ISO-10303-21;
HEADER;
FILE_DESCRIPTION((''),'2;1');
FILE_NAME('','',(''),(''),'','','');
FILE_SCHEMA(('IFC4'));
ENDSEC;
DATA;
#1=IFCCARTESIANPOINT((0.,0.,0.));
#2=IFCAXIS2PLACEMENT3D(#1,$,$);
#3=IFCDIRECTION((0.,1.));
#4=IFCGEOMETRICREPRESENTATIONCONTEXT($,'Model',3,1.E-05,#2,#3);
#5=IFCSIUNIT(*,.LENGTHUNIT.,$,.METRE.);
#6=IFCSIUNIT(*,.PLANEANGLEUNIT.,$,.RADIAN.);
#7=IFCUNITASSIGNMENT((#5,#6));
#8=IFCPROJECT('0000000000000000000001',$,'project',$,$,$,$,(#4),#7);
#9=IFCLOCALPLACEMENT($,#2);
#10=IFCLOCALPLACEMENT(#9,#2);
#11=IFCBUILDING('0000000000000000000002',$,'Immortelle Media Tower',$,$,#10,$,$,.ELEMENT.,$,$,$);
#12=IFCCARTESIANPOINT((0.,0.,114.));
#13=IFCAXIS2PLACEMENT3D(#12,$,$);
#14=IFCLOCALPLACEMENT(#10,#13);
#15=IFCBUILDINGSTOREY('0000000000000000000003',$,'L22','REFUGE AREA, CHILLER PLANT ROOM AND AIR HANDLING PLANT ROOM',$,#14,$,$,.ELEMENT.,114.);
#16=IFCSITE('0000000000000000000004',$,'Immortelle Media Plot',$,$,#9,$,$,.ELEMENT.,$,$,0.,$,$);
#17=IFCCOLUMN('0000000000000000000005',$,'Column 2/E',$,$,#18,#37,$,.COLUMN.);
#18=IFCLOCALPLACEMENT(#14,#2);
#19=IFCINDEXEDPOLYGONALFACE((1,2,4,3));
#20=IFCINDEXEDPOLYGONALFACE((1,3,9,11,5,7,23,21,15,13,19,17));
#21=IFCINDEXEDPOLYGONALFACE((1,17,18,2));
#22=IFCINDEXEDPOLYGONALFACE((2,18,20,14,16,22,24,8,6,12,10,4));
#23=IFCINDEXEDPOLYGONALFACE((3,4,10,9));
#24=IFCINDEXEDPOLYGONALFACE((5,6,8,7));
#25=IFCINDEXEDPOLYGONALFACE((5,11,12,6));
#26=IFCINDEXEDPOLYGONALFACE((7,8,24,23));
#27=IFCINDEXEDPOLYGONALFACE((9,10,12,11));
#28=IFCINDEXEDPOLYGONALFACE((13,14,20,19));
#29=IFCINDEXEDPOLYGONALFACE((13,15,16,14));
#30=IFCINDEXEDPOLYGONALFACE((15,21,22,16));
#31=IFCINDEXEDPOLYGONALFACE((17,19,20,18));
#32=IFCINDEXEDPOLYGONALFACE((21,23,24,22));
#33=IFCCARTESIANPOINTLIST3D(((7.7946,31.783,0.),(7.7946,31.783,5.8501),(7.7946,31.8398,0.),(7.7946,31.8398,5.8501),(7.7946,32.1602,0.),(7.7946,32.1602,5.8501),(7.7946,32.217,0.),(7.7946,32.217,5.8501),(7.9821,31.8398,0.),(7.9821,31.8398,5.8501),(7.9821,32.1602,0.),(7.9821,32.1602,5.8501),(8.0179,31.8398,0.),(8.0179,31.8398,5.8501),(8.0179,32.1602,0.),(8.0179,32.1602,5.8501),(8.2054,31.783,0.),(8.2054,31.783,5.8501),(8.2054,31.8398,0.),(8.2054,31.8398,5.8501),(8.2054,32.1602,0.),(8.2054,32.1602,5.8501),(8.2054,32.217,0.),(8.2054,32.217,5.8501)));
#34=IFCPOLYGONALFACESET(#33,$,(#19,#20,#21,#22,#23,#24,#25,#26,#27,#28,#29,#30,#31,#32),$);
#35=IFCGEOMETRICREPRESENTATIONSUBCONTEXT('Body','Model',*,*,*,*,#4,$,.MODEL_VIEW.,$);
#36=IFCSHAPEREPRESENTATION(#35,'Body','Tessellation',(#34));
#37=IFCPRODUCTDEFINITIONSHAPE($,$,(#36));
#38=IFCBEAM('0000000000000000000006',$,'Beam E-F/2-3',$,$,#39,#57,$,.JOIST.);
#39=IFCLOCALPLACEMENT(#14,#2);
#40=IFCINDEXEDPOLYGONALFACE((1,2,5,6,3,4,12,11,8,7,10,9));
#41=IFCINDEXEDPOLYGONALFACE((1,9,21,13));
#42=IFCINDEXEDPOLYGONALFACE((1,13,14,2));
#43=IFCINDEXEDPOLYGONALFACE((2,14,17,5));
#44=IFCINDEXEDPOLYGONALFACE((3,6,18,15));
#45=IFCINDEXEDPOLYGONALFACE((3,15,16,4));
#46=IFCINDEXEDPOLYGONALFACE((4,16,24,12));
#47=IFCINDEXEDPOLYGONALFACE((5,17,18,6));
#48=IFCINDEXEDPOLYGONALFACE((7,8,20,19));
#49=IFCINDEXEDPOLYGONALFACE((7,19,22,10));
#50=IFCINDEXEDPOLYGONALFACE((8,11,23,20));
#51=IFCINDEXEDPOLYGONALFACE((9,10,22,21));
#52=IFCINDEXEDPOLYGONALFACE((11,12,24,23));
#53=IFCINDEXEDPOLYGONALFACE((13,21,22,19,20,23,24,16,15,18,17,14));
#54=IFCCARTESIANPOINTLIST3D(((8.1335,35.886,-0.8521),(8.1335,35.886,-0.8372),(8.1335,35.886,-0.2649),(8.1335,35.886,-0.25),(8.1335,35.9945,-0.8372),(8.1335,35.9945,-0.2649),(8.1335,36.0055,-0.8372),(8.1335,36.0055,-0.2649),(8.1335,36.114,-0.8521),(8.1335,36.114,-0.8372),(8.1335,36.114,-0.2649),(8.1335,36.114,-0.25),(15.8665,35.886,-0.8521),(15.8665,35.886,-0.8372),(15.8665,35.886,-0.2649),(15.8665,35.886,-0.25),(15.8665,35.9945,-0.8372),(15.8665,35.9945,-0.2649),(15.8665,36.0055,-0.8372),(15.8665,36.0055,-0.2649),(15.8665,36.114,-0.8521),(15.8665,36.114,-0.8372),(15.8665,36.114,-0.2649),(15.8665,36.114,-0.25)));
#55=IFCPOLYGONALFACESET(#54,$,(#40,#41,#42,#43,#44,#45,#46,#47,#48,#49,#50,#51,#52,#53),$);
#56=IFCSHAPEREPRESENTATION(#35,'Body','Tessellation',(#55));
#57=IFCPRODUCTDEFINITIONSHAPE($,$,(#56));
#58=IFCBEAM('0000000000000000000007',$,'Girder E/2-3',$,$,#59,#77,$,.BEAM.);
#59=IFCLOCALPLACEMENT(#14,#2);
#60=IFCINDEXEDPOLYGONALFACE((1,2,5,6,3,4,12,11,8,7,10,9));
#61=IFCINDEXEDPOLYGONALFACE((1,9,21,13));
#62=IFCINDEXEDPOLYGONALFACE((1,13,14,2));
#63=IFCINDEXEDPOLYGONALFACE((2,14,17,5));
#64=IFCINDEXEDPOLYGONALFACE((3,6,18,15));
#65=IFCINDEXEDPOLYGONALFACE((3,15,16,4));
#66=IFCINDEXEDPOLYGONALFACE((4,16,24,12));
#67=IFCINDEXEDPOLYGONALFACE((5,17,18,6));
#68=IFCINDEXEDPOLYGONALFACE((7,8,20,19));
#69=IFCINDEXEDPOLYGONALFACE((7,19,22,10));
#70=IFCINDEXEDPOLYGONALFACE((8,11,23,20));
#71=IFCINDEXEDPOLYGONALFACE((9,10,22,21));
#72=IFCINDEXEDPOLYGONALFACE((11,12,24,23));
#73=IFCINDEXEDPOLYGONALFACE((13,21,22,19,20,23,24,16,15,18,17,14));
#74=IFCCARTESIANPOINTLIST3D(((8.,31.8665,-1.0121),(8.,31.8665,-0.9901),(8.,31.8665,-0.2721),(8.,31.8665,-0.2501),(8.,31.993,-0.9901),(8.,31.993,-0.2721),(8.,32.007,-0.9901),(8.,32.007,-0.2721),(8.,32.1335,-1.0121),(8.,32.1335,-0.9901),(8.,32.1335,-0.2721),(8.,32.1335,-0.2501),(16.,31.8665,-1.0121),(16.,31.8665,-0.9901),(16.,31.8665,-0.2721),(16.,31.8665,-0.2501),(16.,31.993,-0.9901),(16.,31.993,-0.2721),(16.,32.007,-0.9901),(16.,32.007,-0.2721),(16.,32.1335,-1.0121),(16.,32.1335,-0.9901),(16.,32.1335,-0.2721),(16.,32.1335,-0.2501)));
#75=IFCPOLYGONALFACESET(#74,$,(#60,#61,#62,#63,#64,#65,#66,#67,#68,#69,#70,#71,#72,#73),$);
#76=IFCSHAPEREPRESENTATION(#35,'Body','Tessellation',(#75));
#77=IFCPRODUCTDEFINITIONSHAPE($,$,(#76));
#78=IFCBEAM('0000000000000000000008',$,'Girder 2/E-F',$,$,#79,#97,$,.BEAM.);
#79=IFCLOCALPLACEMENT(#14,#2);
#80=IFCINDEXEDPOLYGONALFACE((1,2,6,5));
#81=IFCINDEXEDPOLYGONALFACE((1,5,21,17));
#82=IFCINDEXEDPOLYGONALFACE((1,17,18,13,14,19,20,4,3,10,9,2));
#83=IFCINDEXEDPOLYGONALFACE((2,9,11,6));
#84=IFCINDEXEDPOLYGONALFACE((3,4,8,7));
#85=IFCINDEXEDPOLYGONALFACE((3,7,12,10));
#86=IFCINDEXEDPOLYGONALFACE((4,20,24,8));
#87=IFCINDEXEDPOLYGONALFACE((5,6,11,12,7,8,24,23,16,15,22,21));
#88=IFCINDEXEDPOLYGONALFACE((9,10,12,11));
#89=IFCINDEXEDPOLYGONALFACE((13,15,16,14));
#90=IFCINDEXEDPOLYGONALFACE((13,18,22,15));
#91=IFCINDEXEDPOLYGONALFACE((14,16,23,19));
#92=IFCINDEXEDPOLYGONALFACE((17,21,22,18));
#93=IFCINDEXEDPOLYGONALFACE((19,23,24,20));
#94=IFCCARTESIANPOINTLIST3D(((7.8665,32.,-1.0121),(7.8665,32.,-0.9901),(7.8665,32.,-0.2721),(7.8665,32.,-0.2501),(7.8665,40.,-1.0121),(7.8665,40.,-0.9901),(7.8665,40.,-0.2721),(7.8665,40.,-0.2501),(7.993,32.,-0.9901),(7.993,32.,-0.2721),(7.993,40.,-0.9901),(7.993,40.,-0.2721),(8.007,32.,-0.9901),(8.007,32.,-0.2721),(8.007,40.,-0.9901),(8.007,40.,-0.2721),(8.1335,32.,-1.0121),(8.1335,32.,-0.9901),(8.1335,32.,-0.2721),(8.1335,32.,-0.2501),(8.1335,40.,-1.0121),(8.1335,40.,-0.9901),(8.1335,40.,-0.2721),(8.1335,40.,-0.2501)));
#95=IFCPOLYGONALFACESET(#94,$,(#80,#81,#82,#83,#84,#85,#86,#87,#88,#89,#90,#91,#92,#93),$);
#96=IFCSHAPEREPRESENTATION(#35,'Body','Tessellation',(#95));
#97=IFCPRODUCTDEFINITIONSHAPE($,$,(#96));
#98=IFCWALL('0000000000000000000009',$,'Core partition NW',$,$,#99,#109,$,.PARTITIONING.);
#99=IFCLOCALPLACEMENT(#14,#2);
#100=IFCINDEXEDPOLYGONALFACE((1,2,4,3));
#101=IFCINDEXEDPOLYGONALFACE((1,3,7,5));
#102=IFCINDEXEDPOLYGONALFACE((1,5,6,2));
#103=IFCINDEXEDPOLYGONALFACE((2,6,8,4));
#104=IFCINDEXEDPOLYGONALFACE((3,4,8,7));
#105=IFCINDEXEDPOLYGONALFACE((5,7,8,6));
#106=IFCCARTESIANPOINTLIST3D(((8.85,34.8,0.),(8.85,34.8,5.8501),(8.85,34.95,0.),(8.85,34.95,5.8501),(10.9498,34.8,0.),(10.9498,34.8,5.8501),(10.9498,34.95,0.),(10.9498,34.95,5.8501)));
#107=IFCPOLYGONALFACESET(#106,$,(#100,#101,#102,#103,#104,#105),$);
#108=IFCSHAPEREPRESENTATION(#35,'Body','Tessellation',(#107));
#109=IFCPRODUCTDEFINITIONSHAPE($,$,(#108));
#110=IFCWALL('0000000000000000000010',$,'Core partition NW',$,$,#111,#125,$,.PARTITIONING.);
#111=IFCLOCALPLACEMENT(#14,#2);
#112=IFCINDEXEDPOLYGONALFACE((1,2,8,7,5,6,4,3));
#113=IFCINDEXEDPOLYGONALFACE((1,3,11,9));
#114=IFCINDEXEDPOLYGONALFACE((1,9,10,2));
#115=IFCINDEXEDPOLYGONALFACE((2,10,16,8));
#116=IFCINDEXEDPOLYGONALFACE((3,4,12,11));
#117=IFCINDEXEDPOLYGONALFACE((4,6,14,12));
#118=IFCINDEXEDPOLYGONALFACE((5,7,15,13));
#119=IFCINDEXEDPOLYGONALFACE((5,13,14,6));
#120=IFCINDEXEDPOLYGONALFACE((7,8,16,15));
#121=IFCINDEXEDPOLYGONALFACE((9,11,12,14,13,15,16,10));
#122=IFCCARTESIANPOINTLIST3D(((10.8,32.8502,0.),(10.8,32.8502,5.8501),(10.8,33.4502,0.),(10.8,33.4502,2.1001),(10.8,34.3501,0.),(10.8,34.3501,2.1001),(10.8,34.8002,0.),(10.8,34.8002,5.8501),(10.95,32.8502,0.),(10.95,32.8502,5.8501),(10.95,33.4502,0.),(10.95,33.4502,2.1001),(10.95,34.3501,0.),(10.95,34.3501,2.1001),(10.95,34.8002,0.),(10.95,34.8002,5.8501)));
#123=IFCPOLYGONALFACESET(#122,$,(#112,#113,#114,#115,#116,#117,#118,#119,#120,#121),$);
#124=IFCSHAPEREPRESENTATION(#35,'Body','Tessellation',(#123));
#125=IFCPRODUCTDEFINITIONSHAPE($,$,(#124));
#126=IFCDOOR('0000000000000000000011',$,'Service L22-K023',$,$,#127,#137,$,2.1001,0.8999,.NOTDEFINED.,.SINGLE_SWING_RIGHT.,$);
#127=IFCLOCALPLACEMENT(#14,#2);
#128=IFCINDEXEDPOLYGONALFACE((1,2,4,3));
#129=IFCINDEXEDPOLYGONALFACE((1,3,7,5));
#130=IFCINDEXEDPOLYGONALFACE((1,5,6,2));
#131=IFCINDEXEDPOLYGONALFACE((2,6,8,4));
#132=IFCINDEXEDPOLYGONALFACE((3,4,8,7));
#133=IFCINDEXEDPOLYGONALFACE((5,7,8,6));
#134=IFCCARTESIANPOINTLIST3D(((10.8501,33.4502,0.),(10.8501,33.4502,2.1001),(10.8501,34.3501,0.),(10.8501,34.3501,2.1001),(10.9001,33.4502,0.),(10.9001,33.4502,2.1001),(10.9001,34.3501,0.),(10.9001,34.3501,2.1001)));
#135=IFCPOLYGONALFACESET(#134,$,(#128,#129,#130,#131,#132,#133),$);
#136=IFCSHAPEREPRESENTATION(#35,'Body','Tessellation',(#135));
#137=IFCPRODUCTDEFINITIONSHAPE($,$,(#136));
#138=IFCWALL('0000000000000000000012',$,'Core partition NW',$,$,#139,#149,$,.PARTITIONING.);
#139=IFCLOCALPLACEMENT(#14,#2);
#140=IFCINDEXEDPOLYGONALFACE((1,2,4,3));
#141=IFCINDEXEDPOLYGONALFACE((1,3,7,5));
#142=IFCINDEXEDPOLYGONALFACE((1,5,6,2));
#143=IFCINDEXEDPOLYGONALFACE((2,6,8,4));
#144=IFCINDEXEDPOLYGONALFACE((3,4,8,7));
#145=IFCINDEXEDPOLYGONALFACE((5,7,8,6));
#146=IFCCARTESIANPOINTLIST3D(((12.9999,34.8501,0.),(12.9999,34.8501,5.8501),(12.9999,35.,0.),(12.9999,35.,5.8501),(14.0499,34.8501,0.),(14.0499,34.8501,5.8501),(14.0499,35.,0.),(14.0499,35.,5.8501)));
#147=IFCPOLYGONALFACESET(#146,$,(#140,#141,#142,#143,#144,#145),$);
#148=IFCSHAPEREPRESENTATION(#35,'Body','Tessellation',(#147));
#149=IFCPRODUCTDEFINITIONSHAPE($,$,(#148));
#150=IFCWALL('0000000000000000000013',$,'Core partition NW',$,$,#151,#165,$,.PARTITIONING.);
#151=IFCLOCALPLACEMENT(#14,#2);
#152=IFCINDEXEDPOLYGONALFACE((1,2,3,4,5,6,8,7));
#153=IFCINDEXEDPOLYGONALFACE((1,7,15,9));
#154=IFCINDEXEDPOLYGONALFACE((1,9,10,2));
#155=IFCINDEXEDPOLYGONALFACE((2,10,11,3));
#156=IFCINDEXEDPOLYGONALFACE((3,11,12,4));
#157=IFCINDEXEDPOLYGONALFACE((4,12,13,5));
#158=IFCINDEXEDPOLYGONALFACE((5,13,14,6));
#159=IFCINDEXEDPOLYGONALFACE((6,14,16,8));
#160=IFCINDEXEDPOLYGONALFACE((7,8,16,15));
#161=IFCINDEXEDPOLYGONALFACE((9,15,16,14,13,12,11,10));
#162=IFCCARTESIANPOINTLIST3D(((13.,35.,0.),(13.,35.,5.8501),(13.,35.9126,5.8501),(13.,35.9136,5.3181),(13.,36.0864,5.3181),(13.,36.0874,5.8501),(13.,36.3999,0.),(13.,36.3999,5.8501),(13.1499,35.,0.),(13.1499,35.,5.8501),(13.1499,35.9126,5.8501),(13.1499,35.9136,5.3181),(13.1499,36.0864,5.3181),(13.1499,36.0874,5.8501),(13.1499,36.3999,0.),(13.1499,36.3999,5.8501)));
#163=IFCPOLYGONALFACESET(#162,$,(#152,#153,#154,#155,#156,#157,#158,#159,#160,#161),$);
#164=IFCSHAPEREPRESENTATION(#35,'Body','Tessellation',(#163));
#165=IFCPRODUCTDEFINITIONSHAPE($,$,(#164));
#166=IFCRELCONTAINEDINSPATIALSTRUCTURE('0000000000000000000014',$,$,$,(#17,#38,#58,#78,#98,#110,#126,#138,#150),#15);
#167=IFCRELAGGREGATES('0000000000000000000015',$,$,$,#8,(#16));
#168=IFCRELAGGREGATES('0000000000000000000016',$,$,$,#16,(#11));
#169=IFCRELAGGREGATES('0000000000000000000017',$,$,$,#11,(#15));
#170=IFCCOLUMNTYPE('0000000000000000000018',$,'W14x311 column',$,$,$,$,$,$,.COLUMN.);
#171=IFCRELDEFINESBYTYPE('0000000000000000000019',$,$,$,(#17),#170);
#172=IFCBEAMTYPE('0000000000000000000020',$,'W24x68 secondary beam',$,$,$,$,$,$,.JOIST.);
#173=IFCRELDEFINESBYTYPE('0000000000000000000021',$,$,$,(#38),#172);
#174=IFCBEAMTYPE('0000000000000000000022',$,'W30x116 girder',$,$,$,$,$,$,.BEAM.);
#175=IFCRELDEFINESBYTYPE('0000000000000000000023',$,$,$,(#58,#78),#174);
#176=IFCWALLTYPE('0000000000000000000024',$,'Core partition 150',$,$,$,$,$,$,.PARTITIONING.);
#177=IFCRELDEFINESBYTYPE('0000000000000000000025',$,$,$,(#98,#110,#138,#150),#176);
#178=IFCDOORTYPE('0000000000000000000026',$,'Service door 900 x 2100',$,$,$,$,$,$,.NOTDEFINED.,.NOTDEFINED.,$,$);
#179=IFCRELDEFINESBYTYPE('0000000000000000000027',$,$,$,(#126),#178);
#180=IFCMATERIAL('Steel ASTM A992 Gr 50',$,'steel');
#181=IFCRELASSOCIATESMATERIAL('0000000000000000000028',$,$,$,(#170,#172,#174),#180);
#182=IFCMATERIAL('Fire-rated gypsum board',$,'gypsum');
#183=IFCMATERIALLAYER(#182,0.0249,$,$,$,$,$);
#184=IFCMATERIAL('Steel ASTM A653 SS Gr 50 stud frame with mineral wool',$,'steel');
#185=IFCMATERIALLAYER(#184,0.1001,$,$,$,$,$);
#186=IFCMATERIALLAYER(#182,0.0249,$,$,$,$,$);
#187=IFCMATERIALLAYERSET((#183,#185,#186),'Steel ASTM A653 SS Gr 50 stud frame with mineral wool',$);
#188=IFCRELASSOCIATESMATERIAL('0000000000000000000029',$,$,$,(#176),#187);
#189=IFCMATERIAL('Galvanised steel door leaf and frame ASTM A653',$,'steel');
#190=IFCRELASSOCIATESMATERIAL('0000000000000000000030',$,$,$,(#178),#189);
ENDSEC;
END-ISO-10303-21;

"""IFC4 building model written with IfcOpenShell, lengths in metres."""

from ifc_helpers import new_model, si_unit, direction, frame, frame_2d, origin, origin_2d, place, context, subcontext, project, spatial, polyline, rectangle, i_section, outline, extrude, material, layer, layer_set, material_profile, profile_set, type_object, element, fill, save


model = new_model("IFC4")

# Units and contexts
model_context = context("Model", 3, precision=1e-05, world=origin(), true_north=direction((0.0, 1.0)))
body_context = subcontext(model_context, "Body", "Model", "MODEL_VIEW")
ifc_project = project(units=[si_unit("LENGTHUNIT", "METRE"), si_unit("PLANEANGLEUNIT", "RADIAN")], contexts=[model_context])

# Site, building, storey
site_placement = place(None, origin())
site = spatial("IfcSite", under=ifc_project, at=site_placement, Name="Immortelle Media Plot", CompositionType="ELEMENT", RefElevation=0.0)
building_placement = place(site_placement, origin())
building = spatial("IfcBuilding", under=site, at=building_placement, Name="Immortelle Media Tower", CompositionType="ELEMENT")
storey_placement = place(building_placement, frame((0.0, 0.0, 114.0)))
storey = spatial("IfcBuildingStorey", under=building, at=storey_placement, Name="L22", Description="REFUGE AREA, CHILLER PLANT ROOM AND AIR HANDLING PLANT ROOM", CompositionType="ELEMENT", Elevation=114.0)

# Column
ifc_material_1 = material(Name="Steel ASTM A992 Gr 50", Category="steel")
ifc_material_profile_1 = material_profile(ifc_material_1, i_section(OverallWidth=0.4109, OverallDepth=0.4341, WebThickness=0.0359, FlangeThickness=0.0569, at=origin_2d()), Name="W14x311")
ifc_profile_set_1 = profile_set([ifc_material_profile_1], Name="Steel ASTM A992 Gr 50")
column_type = type_object("IfcColumnType", Name="W14x311 column", PredefinedType="COLUMN", material=ifc_profile_set_1)
column_placement = place(storey_placement, frame((8.0, 32.0, 0.0), z_axis=(0.0, 0.0, 1.0), x_axis=(1.0, 0.0, 0.0)))
element("IfcColumn", 1, at=column_placement, inside=storey, type_object=column_type, Name="Column 2/E", PredefinedType="COLUMN", context=body_context, shape_type="SweptSolid", body=[
    extrude(i_section(OverallWidth=0.4109, OverallDepth=0.4341, WebThickness=0.0359, FlangeThickness=0.0569, at=origin_2d()), origin(), (0.0, 0.0, 1.0), 5.8501),
])

# Beams
ifc_material_profile_2 = material_profile(ifc_material_1, i_section(OverallWidth=0.228, OverallDepth=0.6021, WebThickness=0.011, FlangeThickness=0.0149, at=origin_2d()), Name="W24x68")
ifc_profile_set_2 = profile_set([ifc_material_profile_2], Name="Steel ASTM A992 Gr 50")
beam_type_1 = type_object("IfcBeamType", Name="W24x68 secondary beam", PredefinedType="JOIST", material=ifc_profile_set_2)
beam_placement = place(storey_placement, frame((8.1335, 36.0, -0.551), z_axis=(1.0, 0.0, 0.0), x_axis=(0.0, 1.0, 0.0)))
element("IfcBeam", 2, at=beam_placement, inside=storey, type_object=beam_type_1, Name="Beam E-F/2-3", PredefinedType="JOIST", context=body_context, shape_type="SweptSolid", body=[
    extrude(i_section(OverallWidth=0.228, OverallDepth=0.6021, WebThickness=0.011, FlangeThickness=0.0149, at=origin_2d()), origin(), (0.0, 0.0, 1.0), 7.7329),
])
ifc_material_profile_3 = material_profile(ifc_material_1, i_section(OverallWidth=0.2671, OverallDepth=0.762, WebThickness=0.0139, FlangeThickness=0.022, at=origin_2d()), Name="W30x116")
ifc_profile_set_3 = profile_set([ifc_material_profile_3], Name="Steel ASTM A992 Gr 50")
beam_type_2 = type_object("IfcBeamType", Name="W30x116 girder", PredefinedType="BEAM", material=ifc_profile_set_3)
for number, where, z_axis, x_axis, name in (
    (3, (8.0, 32.0, -0.6311), (1.0, 0.0, 0.0), (0.0, 1.0, 0.0), "Girder E/2-3"),
    (4, (8.0, 32.0, -0.6311), (0.0, 1.0, 0.0), (-1.0, 0.0, 0.0), "Girder 2/E-F"),
):
    element("IfcBeam", number, at=place(storey_placement, frame(where, z_axis=z_axis, x_axis=x_axis)), inside=storey, type_object=beam_type_2, Name=name, PredefinedType="BEAM", context=body_context, shape_type="SweptSolid", body=[
        extrude(i_section(OverallWidth=0.2671, OverallDepth=0.762, WebThickness=0.0139, FlangeThickness=0.022, at=origin_2d()), origin(), (0.0, 0.0, 1.0), 8.0),
    ])

# Wall
ifc_material_2 = material(Name="Fire-rated gypsum board", Category="gypsum")
ifc_layer_1 = layer(ifc_material_2, 0.0249)
ifc_material_3 = material(Name="Steel ASTM A653 SS Gr 50 stud frame with mineral wool", Category="steel")
ifc_layer_2 = layer(ifc_material_3, 0.1001)
ifc_layer_3 = layer(ifc_material_2, 0.0249)
ifc_layer_set_1 = layer_set([ifc_layer_1, ifc_layer_2, ifc_layer_3], Name="Steel ASTM A653 SS Gr 50 stud frame with mineral wool")
wall_type_1 = type_object("IfcWallType", Name="Core partition 150", PredefinedType="PARTITIONING", material=ifc_layer_set_1)
wall_1_placement = place(storey_placement, frame((8.8501, 34.875, 0.0), z_axis=(0.0, 0.0, 1.0), x_axis=(1.0, 0.0, 0.0)))
element("IfcWall", 5, at=wall_1_placement, inside=storey, type_object=wall_type_1, Name="Core partition NW", PredefinedType="PARTITIONING", context=body_context, shape_type="SweptSolid", body=[
    extrude(rectangle(XDim=2.0999, YDim=0.1499, at=frame_2d((1.0498, 0.0))), origin(), (0.0, 0.0, 1.0), 5.8501),
])

# Wall, opening, door
wall_2_placement = place(storey_placement, frame((10.875, 32.8501, 0.0), z_axis=(0.0, 0.0, 1.0), x_axis=(0.0, 1.0, 0.0)))
wall_2 = element("IfcWall", 6, at=wall_2_placement, inside=storey, type_object=wall_type_1, Name="Core partition NW", PredefinedType="PARTITIONING", context=body_context, shape_type="SweptSolid", body=[
    extrude(rectangle(XDim=1.95, YDim=0.1499, at=frame_2d((0.9751, 0.0))), origin(), (0.0, 0.0, 1.0), 5.8501),
])
opening_1_placement = place(wall_2_placement, frame((0.6001, 0.0, 0.0)))
opening_1 = element("IfcOpeningElement", 7, at=opening_1_placement, cuts=wall_2, PredefinedType="OPENING", context=body_context, shape_type="SweptSolid", body=[
    extrude(rectangle(XDim=0.8999, YDim=2.1001, at=frame_2d((0.45, 1.05))), frame((0.0, 0.085, 0.0), z_axis=(0.0, -1.0, 0.0), x_axis=(1.0, 0.0, 0.0)), (0.0, 0.0, 1.0), 0.1699),
])
ifc_material_4 = material(Name="Galvanised steel door leaf and frame ASTM A653", Category="steel")
door_type_1 = type_object("IfcDoorType", Name="Service door 900 x 2100", OperationType="NOTDEFINED", PredefinedType="NOTDEFINED", material=ifc_material_4)
door_1_placement = place(opening_1_placement, origin())
door_1 = element("IfcDoor", 8, at=door_1_placement, inside=storey, type_object=door_type_1, Name="Service L22-K023", OperationType="SINGLE_SWING_RIGHT", OverallHeight=2.1001, OverallWidth=0.8999, PredefinedType="NOTDEFINED", context=body_context, shape_type="SweptSolid", body=[
    extrude(rectangle(XDim=0.8999, YDim=2.1001, at=frame_2d((0.45, 1.05))), frame((0.0, 0.0249, 0.0), z_axis=(0.0, -1.0, 0.0), x_axis=(1.0, 0.0, 0.0)), (0.0, 0.0, 1.0), 0.05),
])
fill(opening_1, door_1)

# Walls
wall_3_placement = place(storey_placement, frame((13.0, 34.925, 0.0), z_axis=(0.0, 0.0, 1.0), x_axis=(1.0, 0.0, 0.0)))
element("IfcWall", 9, at=wall_3_placement, inside=storey, type_object=wall_type_1, Name="Core partition NW", PredefinedType="PARTITIONING", context=body_context, shape_type="SweptSolid", body=[
    extrude(rectangle(XDim=1.05, YDim=0.1499, at=frame_2d((0.5249, 0.0))), origin(), (0.0, 0.0, 1.0), 5.8501),
])
wall_4_placement = place(storey_placement, frame((13.075, 35.0, 0.0), z_axis=(0.0, 0.0, 1.0), x_axis=(0.0, 1.0, 0.0)))
element("IfcWall", 10, at=wall_4_placement, inside=storey, type_object=wall_type_1, Name="Core partition NW", PredefinedType="PARTITIONING", context=body_context, shape_type="SweptSolid", body=[
    extrude(outline(polyline([(0.0, 0.0), (1.3999, 0.0), (1.3999, 5.8501), (1.0874, 5.8501), (1.0864, 5.3181), (0.9136, 5.3181), (0.9126, 5.8501), (0.0, 5.8501), (0.0, 0.0)])), frame((0.0, 0.075, 0.0), z_axis=(0.0, -1.0, 0.0), x_axis=(1.0, 0.0, 0.0)), (0.0, 0.0, 1.0), 0.1499),
])

save(model, "model.ifc")
